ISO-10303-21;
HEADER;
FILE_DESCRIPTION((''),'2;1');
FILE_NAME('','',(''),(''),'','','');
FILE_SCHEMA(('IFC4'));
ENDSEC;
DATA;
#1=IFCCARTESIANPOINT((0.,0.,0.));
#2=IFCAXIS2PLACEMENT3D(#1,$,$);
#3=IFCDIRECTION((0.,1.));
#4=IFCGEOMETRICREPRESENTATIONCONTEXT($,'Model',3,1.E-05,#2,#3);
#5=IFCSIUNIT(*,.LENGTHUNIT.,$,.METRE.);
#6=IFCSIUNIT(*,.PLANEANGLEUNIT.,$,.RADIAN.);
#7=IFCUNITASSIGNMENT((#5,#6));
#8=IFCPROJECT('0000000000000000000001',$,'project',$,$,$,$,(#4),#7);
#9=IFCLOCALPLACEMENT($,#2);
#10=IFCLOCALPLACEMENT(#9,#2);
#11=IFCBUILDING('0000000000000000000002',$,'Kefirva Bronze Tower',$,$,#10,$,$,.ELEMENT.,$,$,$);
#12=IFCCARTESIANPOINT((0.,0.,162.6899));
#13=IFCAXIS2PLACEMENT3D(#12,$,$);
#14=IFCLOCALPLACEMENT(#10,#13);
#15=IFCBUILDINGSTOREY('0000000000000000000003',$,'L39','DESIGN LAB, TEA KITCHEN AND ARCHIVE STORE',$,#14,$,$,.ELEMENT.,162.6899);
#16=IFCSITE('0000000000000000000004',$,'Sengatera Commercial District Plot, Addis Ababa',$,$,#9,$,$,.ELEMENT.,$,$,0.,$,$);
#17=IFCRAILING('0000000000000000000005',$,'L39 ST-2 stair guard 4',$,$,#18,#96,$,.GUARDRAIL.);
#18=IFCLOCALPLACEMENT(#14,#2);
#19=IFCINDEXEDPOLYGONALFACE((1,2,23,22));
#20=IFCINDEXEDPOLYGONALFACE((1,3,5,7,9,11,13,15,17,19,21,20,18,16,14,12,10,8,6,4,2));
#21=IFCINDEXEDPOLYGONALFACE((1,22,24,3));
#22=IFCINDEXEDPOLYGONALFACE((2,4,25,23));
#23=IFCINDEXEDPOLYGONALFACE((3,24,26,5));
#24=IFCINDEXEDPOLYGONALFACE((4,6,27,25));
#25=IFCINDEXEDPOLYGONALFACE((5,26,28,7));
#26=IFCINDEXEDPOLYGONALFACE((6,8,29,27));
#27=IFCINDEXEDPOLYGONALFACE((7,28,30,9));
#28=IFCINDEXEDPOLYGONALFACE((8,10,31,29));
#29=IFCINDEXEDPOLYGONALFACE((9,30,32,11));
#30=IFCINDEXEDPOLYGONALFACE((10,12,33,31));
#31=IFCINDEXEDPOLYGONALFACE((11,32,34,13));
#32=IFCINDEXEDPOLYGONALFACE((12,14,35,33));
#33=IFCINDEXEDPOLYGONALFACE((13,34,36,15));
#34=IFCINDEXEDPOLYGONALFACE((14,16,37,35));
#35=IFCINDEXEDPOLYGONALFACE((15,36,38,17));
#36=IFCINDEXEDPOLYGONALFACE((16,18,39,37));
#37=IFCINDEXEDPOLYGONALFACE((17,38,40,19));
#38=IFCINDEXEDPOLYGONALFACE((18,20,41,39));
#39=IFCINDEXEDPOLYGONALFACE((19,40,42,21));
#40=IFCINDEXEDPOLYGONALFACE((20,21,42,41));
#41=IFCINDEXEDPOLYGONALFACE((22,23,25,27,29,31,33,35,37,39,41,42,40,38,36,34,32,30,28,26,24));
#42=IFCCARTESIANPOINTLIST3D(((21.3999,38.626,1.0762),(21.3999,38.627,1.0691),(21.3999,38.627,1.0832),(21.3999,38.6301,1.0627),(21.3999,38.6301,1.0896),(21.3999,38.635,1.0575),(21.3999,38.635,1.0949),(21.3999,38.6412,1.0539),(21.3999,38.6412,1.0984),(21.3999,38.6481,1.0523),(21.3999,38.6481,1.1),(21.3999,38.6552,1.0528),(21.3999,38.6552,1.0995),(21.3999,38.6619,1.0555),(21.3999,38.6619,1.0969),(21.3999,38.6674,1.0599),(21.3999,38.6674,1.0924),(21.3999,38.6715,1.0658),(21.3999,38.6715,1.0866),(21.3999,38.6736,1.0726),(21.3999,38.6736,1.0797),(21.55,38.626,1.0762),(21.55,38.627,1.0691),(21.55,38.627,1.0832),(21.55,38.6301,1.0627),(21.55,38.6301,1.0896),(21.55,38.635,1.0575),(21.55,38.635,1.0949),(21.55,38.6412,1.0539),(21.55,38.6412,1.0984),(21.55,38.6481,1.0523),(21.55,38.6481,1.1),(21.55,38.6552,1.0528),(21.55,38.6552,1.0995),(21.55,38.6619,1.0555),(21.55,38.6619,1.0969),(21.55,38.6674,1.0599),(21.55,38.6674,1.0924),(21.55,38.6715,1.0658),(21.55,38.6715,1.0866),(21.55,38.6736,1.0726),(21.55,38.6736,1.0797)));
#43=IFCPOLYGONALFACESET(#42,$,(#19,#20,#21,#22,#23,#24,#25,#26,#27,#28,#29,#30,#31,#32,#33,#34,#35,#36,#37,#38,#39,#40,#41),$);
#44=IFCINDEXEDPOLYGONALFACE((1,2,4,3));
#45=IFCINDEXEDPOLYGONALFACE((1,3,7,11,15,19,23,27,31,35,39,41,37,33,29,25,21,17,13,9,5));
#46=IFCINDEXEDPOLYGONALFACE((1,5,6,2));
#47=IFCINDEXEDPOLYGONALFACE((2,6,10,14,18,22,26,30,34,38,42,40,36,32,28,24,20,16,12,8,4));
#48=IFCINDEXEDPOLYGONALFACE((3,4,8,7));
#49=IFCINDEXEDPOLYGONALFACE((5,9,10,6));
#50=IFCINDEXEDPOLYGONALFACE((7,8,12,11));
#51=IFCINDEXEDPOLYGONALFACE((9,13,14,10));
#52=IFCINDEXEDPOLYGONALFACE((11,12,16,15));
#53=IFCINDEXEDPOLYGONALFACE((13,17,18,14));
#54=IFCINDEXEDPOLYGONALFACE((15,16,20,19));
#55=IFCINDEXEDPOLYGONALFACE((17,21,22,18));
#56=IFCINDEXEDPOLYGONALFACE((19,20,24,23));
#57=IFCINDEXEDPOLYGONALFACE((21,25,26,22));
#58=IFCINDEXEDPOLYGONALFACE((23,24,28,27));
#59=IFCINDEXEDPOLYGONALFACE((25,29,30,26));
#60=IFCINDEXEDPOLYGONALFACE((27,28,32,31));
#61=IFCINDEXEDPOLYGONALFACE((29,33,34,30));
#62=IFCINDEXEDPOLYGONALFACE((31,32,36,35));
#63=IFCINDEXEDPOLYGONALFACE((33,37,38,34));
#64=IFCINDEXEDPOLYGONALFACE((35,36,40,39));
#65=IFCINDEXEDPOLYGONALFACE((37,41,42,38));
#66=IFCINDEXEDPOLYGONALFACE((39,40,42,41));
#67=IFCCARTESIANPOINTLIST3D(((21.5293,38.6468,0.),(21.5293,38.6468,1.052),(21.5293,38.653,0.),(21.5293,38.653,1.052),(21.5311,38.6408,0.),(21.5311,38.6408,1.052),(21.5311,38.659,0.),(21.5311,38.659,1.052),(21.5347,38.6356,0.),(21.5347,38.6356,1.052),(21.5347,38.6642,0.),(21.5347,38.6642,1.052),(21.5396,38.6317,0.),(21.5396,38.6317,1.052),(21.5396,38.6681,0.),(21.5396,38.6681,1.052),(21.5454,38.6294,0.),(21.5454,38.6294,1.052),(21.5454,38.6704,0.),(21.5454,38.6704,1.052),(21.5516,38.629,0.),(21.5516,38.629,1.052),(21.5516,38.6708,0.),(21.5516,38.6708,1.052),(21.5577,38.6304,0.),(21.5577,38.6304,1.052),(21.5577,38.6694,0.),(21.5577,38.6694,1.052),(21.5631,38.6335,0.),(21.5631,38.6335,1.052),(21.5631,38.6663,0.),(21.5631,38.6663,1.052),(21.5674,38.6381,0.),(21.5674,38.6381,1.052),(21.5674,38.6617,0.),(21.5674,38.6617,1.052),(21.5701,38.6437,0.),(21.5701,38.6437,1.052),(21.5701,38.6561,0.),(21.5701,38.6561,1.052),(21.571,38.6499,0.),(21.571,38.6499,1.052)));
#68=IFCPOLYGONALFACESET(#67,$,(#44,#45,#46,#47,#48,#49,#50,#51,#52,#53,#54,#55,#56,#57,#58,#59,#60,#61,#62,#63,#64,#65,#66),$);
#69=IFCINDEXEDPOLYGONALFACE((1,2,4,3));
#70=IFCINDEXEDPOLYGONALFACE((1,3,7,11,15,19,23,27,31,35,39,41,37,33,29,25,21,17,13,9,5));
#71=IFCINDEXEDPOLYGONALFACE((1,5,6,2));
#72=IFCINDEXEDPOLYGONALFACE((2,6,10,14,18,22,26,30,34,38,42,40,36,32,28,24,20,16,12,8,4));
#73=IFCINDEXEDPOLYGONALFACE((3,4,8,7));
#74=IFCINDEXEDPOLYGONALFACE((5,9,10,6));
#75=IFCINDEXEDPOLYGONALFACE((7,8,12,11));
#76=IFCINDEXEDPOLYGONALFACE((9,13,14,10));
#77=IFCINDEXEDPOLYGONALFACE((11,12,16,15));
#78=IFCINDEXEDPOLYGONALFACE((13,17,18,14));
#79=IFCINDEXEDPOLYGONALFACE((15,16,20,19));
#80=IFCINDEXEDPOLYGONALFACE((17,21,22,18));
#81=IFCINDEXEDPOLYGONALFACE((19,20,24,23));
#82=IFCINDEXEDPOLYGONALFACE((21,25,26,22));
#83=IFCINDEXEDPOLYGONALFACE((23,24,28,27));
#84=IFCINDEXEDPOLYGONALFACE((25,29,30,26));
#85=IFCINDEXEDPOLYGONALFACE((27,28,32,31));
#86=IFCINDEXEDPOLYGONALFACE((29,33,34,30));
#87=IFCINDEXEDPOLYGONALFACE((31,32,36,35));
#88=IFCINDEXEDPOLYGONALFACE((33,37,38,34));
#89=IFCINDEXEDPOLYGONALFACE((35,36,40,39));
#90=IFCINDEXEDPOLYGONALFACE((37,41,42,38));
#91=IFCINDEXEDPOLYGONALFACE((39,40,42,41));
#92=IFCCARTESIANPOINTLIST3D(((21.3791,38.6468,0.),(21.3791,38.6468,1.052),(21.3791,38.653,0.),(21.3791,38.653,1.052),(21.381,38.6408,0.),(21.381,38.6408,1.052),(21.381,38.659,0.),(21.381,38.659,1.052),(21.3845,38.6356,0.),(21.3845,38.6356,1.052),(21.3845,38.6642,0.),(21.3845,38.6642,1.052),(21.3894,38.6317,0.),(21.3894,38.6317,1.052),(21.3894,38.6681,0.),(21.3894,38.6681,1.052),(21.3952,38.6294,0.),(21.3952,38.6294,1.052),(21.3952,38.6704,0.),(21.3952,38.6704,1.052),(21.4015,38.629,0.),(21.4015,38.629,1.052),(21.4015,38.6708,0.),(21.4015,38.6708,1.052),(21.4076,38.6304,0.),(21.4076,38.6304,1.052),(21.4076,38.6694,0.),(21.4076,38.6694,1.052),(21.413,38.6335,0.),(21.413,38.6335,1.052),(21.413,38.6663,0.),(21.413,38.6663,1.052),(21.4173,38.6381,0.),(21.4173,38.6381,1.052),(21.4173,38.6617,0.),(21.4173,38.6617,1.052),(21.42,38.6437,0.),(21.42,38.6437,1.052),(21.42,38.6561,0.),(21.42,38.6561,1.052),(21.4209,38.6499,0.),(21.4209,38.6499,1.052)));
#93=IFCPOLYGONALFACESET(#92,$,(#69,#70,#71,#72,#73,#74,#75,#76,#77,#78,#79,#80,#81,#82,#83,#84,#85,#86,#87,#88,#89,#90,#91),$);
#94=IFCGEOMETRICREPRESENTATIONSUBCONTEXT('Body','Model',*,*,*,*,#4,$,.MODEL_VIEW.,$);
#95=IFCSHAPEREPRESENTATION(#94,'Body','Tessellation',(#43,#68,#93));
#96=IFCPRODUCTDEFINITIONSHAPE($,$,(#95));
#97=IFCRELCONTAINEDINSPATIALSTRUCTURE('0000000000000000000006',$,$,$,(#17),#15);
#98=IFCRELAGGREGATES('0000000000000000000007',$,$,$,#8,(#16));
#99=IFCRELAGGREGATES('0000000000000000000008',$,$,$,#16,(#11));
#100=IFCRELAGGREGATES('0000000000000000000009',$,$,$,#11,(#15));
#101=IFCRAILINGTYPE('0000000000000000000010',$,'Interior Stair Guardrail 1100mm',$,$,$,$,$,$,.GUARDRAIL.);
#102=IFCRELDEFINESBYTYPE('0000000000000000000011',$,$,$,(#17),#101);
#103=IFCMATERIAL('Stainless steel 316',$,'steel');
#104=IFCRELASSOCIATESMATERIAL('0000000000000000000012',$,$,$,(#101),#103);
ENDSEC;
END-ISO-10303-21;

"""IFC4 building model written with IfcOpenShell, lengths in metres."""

from ifc_helpers import new_model, si_unit, direction, frame, origin, origin_2d, place, context, subcontext, project, spatial, circle, extrude, material, type_object, element, save


model = new_model("IFC4")

# Units and contexts
model_context = context("Model", 3, precision=1e-05, world=origin(), true_north=direction((0.0, 1.0)))
body_context = subcontext(model_context, "Body", "Model", "MODEL_VIEW")
ifc_project = project(units=[si_unit("LENGTHUNIT", "METRE"), si_unit("PLANEANGLEUNIT", "RADIAN")], contexts=[model_context])

# Site, building, storey
site_placement = place(None, origin())
site = spatial("IfcSite", under=ifc_project, at=site_placement, Name="Sengatera Commercial District Plot, Addis Ababa", CompositionType="ELEMENT", RefElevation=0.0)
building_placement = place(site_placement, origin())
building = spatial("IfcBuilding", under=site, at=building_placement, Name="Kefirva Bronze Tower", CompositionType="ELEMENT")
storey_placement = place(building_placement, frame((0.0, 0.0, 162.6899)))
storey = spatial("IfcBuildingStorey", under=building, at=storey_placement, Name="L39", Description="DESIGN LAB, TEA KITCHEN AND ARCHIVE STORE", CompositionType="ELEMENT", Elevation=162.6899)

# Railing
ifc_material_1 = material(Name="Stainless steel 316", Category="steel")
railing_type_1 = type_object("IfcRailingType", Name="Interior Stair Guardrail 1100mm", PredefinedType="GUARDRAIL", material=ifc_material_1)
railing_1_placement = place(storey_placement, frame((21.55, 38.6499, 0.0)))
element("IfcRailing", 1, at=railing_1_placement, inside=storey, type_object=railing_type_1, Name="L39 ST-2 stair guard 4", PredefinedType="GUARDRAIL", context=body_context, shape_type="SweptSolid", body=[
    extrude(circle(Radius=0.0239, at=origin_2d()), frame((0.0, 0.0, 1.0762), z_axis=(-1.0, 0.0, 0.0), x_axis=(0.0, -1.0, 0.0)), (0.0, 0.0, 1.0), 0.1501),
    extrude(circle(Radius=0.021, at=origin_2d()), origin(), (0.0, 0.0, 1.0), 1.052),
    extrude(circle(Radius=0.021, at=origin_2d()), frame((-0.1501, 0.0, 0.0)), (0.0, 0.0, 1.0), 1.052),
])

save(model, "model.ifc")
